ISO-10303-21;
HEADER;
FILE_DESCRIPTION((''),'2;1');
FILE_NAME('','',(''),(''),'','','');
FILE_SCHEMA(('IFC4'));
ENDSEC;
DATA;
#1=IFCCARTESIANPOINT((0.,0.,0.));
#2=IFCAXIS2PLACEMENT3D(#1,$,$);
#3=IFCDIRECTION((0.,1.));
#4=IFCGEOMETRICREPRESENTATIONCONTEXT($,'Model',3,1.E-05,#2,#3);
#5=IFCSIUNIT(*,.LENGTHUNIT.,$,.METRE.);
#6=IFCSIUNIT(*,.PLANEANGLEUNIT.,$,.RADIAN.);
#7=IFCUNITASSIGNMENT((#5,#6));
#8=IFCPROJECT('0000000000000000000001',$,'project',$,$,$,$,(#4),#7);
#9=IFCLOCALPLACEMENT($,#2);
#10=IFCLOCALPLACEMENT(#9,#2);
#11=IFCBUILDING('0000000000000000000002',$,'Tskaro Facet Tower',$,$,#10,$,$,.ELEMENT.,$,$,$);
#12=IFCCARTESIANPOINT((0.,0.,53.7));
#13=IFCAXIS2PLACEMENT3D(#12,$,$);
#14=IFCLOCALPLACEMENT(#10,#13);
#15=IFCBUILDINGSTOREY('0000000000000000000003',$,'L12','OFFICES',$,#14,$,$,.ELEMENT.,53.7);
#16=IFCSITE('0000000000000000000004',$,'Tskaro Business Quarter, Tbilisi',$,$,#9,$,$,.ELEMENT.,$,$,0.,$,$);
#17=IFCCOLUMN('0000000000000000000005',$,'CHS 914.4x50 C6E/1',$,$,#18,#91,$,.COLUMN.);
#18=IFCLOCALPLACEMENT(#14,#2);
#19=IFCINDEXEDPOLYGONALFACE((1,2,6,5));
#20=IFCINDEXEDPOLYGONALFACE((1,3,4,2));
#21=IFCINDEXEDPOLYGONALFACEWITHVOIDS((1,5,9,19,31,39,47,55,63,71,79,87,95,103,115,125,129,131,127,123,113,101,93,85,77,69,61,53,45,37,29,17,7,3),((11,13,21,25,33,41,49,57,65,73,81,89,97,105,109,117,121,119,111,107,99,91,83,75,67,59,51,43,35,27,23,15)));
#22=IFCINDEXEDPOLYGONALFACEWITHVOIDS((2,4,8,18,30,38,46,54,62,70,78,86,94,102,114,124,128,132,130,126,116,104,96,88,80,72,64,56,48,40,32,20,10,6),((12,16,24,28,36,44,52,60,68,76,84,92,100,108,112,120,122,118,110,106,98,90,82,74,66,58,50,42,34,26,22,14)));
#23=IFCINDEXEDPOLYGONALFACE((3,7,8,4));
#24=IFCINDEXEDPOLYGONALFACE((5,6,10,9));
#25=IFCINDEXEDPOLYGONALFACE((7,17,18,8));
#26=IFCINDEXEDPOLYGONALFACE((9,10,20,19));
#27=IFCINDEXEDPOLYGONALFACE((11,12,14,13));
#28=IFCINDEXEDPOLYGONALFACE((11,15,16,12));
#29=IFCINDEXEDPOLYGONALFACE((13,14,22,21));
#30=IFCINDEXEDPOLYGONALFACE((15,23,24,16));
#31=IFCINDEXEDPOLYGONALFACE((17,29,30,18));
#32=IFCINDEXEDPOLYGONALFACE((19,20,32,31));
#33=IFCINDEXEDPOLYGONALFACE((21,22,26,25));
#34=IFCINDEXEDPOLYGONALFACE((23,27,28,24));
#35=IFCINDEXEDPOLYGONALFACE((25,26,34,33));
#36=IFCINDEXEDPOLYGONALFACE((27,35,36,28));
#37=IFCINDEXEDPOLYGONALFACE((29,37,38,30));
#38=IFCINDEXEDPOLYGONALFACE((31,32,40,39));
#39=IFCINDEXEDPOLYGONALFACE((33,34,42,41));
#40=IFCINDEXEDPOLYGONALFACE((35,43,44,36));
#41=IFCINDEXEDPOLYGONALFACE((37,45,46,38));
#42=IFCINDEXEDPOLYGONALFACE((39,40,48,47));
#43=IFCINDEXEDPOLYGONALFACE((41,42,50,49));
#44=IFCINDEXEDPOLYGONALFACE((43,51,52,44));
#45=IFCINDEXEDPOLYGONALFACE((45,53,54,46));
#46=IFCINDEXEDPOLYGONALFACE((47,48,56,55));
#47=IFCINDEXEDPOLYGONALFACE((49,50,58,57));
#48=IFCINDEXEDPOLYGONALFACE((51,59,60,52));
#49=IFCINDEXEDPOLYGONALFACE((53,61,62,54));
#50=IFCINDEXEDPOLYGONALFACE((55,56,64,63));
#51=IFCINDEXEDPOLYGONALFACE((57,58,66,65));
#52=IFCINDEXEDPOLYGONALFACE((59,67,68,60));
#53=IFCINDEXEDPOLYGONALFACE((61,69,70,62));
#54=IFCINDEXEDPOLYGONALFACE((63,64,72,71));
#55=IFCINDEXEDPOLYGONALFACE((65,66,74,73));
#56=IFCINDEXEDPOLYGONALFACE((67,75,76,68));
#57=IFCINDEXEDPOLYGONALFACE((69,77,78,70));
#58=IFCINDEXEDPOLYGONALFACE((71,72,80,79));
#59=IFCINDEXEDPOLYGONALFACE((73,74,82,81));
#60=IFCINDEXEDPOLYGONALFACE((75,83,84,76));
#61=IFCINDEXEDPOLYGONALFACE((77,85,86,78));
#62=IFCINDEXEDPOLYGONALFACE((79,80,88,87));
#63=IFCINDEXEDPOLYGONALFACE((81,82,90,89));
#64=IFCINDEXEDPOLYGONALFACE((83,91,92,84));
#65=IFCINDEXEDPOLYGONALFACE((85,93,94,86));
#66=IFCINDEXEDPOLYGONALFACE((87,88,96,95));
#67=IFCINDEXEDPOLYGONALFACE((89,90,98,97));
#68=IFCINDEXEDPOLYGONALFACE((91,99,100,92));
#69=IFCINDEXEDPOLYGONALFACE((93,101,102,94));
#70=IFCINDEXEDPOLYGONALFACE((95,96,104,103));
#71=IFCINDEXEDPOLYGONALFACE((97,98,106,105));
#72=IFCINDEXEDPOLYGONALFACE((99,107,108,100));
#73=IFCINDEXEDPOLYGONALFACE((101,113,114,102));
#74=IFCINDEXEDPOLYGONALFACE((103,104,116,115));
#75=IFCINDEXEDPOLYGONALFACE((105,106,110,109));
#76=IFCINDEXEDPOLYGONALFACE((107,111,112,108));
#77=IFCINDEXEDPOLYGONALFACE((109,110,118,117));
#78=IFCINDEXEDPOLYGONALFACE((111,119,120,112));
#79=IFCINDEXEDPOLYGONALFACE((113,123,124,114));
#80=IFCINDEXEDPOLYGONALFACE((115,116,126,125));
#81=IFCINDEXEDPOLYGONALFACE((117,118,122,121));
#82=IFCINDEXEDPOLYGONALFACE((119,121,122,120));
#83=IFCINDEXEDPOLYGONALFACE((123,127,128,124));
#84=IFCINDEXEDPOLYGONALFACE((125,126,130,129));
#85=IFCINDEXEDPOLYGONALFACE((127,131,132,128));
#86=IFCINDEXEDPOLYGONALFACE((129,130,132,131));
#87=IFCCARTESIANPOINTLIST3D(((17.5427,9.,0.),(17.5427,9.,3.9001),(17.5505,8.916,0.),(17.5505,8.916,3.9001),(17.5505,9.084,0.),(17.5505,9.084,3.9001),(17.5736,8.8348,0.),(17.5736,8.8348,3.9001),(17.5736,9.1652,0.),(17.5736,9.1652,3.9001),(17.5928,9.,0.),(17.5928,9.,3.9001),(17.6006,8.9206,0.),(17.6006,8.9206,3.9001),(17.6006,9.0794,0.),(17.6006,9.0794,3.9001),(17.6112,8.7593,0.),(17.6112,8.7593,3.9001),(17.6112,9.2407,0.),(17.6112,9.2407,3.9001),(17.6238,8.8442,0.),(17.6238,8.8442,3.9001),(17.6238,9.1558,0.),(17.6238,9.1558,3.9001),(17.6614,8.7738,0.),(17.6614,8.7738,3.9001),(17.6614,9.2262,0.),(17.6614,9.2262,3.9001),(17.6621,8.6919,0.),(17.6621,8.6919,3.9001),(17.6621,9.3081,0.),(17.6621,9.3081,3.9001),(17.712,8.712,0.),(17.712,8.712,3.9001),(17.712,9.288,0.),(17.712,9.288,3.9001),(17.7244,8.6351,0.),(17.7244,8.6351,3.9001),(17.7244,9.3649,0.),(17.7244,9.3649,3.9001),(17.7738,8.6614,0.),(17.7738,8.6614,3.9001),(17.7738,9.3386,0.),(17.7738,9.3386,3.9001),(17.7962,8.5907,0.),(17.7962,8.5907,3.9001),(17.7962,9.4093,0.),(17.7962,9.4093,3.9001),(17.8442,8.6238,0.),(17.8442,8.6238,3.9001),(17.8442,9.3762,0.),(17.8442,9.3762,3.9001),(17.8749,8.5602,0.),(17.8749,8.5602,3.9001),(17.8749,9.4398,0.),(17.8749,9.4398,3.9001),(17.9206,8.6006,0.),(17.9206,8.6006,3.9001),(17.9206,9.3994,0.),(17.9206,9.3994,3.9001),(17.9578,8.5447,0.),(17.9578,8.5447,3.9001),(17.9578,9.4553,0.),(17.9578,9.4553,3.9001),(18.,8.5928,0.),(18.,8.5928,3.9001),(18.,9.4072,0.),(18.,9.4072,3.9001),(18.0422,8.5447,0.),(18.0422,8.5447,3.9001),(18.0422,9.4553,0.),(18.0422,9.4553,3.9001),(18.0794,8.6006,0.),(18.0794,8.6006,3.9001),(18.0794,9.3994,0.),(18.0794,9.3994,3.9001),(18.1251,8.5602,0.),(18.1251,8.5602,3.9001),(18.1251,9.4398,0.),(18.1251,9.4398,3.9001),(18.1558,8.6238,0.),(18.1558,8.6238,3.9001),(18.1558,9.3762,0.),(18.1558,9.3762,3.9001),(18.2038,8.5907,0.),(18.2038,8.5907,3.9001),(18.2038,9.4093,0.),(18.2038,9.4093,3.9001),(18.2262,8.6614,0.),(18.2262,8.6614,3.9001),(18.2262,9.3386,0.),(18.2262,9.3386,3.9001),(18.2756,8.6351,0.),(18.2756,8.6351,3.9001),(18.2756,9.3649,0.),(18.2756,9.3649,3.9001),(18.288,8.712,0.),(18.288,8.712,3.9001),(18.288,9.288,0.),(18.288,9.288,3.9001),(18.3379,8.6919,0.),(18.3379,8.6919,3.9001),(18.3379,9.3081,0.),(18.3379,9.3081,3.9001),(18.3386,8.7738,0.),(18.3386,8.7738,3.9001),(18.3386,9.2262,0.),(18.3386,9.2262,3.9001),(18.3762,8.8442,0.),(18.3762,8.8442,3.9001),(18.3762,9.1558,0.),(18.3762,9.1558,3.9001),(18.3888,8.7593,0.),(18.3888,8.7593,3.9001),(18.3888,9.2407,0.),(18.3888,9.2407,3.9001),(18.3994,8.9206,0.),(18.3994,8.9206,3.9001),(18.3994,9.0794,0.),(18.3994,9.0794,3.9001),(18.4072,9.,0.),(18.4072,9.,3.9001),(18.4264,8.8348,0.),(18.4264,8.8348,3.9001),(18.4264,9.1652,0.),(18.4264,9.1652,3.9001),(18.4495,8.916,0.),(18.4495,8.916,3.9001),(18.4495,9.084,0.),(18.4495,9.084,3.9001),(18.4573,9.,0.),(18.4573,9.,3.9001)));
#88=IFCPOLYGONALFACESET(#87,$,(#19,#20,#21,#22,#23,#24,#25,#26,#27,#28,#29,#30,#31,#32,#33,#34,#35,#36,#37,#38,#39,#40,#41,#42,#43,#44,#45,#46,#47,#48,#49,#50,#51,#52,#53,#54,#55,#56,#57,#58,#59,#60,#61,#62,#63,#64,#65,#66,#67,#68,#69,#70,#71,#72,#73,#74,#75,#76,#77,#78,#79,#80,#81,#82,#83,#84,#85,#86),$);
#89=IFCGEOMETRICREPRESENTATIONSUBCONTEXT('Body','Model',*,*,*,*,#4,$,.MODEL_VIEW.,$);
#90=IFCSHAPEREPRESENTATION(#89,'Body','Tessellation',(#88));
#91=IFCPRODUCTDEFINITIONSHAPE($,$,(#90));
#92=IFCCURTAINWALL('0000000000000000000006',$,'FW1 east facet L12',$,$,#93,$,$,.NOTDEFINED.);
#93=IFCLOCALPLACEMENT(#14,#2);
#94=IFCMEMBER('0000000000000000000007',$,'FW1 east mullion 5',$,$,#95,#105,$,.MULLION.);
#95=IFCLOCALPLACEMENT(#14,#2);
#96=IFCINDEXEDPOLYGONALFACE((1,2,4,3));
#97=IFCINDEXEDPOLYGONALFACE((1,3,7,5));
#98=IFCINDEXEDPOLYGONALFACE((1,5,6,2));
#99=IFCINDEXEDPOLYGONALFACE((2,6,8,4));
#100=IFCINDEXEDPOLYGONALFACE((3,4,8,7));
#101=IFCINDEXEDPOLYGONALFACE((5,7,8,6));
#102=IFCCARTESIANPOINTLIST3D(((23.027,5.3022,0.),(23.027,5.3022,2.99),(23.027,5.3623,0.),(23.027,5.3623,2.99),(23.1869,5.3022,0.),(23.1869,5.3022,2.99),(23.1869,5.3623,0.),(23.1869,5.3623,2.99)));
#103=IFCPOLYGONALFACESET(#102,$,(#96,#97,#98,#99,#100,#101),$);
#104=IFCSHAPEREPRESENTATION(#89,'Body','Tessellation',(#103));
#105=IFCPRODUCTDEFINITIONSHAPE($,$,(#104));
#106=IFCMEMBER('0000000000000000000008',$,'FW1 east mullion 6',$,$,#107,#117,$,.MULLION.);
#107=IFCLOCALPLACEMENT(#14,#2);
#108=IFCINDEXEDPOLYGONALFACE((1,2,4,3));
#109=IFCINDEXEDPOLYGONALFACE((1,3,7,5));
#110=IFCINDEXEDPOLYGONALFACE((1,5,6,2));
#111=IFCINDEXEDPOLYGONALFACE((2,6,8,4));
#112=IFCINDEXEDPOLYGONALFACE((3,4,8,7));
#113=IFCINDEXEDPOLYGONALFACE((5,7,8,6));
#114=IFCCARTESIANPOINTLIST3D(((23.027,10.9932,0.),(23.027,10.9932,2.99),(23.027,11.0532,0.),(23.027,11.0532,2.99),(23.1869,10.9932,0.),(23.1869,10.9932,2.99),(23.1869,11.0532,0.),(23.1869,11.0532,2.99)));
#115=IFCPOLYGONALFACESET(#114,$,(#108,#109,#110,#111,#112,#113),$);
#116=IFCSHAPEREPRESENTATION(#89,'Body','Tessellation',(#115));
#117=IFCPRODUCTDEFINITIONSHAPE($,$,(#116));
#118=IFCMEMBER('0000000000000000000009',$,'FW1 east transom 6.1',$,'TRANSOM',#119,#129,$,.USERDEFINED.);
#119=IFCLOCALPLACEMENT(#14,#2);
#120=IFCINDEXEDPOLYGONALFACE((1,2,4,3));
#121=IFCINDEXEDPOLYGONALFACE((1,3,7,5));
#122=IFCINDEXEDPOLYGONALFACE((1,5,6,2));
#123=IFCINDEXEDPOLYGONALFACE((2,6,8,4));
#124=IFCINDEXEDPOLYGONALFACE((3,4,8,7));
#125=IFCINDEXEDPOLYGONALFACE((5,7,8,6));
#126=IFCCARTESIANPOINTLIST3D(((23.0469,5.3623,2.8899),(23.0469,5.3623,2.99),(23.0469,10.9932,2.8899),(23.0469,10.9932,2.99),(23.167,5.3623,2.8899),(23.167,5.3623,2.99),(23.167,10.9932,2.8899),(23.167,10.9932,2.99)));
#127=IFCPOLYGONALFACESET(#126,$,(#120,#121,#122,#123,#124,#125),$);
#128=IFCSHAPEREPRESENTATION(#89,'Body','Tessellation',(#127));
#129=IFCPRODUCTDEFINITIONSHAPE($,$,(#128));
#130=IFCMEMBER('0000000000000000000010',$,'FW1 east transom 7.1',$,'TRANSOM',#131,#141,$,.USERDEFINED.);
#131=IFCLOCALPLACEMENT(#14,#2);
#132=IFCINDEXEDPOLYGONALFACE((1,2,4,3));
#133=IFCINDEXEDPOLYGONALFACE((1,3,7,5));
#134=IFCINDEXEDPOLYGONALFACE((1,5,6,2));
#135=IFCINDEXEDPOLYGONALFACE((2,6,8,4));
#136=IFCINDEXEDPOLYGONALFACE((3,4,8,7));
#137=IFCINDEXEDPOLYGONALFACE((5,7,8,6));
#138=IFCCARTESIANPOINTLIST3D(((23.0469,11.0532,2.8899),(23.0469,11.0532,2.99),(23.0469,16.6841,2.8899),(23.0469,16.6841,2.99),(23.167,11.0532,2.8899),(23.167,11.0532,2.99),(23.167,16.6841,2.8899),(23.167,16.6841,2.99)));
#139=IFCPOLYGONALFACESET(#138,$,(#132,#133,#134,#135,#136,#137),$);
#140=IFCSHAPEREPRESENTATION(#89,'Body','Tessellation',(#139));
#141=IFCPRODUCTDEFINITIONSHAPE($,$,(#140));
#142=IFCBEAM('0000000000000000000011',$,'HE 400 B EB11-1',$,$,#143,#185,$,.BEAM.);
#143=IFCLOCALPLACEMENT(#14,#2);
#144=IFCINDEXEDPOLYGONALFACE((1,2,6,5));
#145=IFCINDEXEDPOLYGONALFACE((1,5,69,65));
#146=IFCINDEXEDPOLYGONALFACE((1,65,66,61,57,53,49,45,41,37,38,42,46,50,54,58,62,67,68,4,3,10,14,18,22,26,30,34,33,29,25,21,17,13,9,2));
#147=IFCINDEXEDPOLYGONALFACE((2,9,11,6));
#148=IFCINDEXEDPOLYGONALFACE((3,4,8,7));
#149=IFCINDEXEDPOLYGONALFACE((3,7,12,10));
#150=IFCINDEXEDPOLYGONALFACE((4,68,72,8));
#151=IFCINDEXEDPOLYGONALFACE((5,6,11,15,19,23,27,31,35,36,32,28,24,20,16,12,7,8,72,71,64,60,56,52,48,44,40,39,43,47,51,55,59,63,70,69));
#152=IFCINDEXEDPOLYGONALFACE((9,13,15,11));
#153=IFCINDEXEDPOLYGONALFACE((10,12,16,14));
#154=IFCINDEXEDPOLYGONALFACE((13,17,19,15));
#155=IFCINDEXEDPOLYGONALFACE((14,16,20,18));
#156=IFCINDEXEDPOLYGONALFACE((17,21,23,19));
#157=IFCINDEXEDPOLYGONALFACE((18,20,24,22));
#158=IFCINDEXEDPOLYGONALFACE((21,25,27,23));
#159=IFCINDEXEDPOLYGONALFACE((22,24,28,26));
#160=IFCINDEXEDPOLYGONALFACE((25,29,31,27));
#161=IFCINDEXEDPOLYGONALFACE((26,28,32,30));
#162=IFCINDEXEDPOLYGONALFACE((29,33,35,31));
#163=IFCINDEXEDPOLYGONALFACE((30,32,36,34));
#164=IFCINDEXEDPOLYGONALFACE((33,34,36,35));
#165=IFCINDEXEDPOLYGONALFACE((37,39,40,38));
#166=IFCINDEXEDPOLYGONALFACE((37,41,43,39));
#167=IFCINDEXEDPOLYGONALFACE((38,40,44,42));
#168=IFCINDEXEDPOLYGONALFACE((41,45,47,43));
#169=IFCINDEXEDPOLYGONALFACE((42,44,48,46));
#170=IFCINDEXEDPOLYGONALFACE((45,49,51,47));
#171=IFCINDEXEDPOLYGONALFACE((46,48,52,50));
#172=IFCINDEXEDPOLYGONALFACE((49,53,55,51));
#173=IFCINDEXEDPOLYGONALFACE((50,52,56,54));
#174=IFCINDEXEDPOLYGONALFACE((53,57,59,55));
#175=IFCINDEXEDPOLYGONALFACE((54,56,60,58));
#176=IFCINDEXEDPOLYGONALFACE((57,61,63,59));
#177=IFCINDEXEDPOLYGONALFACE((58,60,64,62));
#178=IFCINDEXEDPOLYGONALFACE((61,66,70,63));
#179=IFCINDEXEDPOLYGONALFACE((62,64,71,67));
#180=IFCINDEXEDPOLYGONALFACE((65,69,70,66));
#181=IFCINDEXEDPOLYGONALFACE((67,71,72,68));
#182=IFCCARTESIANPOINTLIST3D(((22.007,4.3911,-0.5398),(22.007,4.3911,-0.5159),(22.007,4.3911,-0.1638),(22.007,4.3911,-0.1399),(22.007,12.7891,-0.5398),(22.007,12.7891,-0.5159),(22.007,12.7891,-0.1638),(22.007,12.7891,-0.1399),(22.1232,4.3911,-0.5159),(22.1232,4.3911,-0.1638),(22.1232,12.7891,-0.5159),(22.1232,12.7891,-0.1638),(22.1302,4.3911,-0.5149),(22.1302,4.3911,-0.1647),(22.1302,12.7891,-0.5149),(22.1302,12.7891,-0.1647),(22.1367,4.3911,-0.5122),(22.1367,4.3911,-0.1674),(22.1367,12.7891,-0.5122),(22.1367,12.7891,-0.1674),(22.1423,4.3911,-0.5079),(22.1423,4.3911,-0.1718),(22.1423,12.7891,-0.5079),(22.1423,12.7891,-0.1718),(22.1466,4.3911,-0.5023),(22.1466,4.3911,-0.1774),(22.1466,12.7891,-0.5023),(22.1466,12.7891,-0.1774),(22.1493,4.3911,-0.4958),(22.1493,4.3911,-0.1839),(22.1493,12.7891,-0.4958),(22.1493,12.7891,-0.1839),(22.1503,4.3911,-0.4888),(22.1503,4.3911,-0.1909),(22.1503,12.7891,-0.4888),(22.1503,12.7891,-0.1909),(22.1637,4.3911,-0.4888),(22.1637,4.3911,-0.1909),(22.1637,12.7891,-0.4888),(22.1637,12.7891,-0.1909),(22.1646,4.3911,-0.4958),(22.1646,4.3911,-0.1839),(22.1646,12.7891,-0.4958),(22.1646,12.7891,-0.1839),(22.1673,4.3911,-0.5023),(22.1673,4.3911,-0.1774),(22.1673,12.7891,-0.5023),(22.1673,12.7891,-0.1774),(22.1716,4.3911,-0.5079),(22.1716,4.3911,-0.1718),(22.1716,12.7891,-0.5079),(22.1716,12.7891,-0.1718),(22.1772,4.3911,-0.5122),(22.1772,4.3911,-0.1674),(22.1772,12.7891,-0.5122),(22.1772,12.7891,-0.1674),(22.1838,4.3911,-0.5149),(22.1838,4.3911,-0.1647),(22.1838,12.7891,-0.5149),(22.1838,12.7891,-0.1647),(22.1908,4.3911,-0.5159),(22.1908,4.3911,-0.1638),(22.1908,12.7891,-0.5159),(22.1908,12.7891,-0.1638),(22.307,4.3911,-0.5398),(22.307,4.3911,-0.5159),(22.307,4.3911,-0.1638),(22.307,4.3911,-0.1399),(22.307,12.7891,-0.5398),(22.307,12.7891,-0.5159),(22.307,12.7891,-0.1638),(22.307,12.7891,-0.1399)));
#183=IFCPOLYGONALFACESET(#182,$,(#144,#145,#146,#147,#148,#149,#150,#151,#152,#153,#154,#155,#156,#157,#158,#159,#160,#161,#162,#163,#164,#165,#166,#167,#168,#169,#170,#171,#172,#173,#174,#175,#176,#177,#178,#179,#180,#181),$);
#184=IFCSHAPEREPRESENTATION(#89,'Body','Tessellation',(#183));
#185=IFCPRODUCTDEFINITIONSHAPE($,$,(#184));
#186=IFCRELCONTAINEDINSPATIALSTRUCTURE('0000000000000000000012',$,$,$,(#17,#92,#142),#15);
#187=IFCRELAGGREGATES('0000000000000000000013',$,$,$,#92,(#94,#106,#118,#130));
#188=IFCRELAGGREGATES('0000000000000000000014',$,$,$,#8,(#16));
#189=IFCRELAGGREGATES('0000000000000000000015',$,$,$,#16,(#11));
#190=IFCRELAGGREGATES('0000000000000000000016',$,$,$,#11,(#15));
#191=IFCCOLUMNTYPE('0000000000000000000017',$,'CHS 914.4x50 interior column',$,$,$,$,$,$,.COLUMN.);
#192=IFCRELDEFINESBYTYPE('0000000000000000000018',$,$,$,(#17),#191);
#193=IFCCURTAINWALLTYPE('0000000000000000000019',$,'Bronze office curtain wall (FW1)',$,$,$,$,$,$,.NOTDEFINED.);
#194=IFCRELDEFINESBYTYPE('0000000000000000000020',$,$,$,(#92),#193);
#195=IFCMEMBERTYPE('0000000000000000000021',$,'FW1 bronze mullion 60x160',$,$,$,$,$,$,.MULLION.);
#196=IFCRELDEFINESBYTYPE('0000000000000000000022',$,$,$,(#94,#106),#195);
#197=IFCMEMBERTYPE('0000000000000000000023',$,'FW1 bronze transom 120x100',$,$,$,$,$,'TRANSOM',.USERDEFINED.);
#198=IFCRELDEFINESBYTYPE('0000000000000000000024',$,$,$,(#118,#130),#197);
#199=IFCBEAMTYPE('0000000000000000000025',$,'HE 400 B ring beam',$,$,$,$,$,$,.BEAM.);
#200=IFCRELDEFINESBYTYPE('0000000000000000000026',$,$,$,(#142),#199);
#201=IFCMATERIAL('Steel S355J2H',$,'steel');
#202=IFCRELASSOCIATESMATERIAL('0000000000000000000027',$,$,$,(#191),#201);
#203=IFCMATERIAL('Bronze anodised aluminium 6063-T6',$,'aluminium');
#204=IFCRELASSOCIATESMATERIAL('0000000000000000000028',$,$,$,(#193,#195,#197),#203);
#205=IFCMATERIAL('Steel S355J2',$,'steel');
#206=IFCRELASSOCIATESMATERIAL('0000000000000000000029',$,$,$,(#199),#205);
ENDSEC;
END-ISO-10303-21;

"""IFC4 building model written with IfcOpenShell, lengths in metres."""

from ifc_helpers import new_model, si_unit, direction, frame, origin, origin_2d, place, context, subcontext, project, spatial, rectangle, hollow_circle, i_section, extrude, material, material_profile, profile_set, type_object, element, aggregate, save


model = new_model("IFC4")

# Units and contexts
model_context = context("Model", 3, precision=1e-05, world=origin(), true_north=direction((0.0, 1.0)))
body_context = subcontext(model_context, "Body", "Model", "MODEL_VIEW")
ifc_project = project(units=[si_unit("LENGTHUNIT", "METRE"), si_unit("PLANEANGLEUNIT", "RADIAN")], contexts=[model_context])

# Site, building, storey
site_placement = place(None, origin())
site = spatial("IfcSite", under=ifc_project, at=site_placement, Name="Tskaro Business Quarter, Tbilisi", CompositionType="ELEMENT", RefElevation=0.0)
building_placement = place(site_placement, origin())
building = spatial("IfcBuilding", under=site, at=building_placement, Name="Tskaro Facet Tower", CompositionType="ELEMENT")
storey_placement = place(building_placement, frame((0.0, 0.0, 53.7)))
storey = spatial("IfcBuildingStorey", under=building, at=storey_placement, Name="L12", Description="OFFICES", CompositionType="ELEMENT", Elevation=53.7)

# Column
ifc_material_1 = material(Name="Steel S355J2H", Category="steel")
ifc_material_profile_1 = material_profile(ifc_material_1, hollow_circle(Radius=0.4573, WallThickness=0.05, at=origin_2d()), Name="CHS 914.4x50")
ifc_profile_set_1 = profile_set([ifc_material_profile_1], Name="Steel S355J2H")
column_type_1 = type_object("IfcColumnType", Name="CHS 914.4x50 interior column", PredefinedType="COLUMN", material=ifc_profile_set_1)
for number, where, z_axis, x_axis, name in (
    (1, (18.0, 9.0, 0.0), (0.0, 0.0, 1.0), (1.0, 0.0, 0.0), "CHS 914.4x50 C6E/1"),
):
    element("IfcColumn", number, at=place(storey_placement, frame(where, z_axis=z_axis, x_axis=x_axis)), inside=storey, type_object=column_type_1, Name=name, PredefinedType="COLUMN", context=body_context, shape_type="SweptSolid", body=[
        extrude(hollow_circle(Radius=0.4573, WallThickness=0.05, at=origin_2d()), origin(), (0.0, 0.0, 1.0), 3.9001),
    ])

# Curtain wall, members
ifc_material_2 = material(Name="Bronze anodised aluminium 6063-T6", Category="aluminium")
curtain_wall_type = type_object("IfcCurtainWallType", Name="Bronze office curtain wall (FW1)", PredefinedType="NOTDEFINED", material=ifc_material_2)
curtain_wall_placement = place(storey_placement, origin())
curtain_wall = element("IfcCurtainWall", 2, at=curtain_wall_placement, inside=storey, type_object=curtain_wall_type, Name="FW1 east facet L12", PredefinedType="NOTDEFINED")
ifc_material_profile_2 = material_profile(ifc_material_2, rectangle(XDim=0.0601, YDim=0.1599, at=origin_2d()), Name="Mullion 60x160")
ifc_profile_set_2 = profile_set([ifc_material_profile_2], Name="Bronze anodised aluminium 6063-T6")
member_type_1 = type_object("IfcMemberType", Name="FW1 bronze mullion 60x160", PredefinedType="MULLION", material=ifc_profile_set_2)
member_1_placement = place(storey_placement, frame((23.1069, 5.3323, 0.0), z_axis=(0.0, 0.0, 1.0), x_axis=(0.0, 1.0, 0.0)))
member_1 = element("IfcMember", 3, at=member_1_placement, type_object=member_type_1, Name="FW1 east mullion 5", PredefinedType="MULLION", context=body_context, shape_type="SweptSolid", body=[
    extrude(rectangle(XDim=0.0601, YDim=0.1599, at=origin_2d()), origin(), (0.0, 0.0, 1.0), 2.99),
])
member_2_placement = place(storey_placement, frame((23.1069, 11.0232, 0.0), z_axis=(0.0, 0.0, 1.0), x_axis=(0.0, 1.0, 0.0)))
member_2 = element("IfcMember", 4, at=member_2_placement, type_object=member_type_1, Name="FW1 east mullion 6", PredefinedType="MULLION", context=body_context, shape_type="SweptSolid", body=[
    extrude(rectangle(XDim=0.0601, YDim=0.1599, at=origin_2d()), origin(), (0.0, 0.0, 1.0), 2.99),
])
ifc_material_profile_3 = material_profile(ifc_material_2, rectangle(XDim=0.1201, YDim=0.1001, at=origin_2d()), Name="Transom 120x100")
ifc_profile_set_3 = profile_set([ifc_material_profile_3], Name="Bronze anodised aluminium 6063-T6")
member_type_2 = type_object("IfcMemberType", Name="FW1 bronze transom 120x100", ElementType="TRANSOM", PredefinedType="USERDEFINED", material=ifc_profile_set_3)
member_3_placement = place(storey_placement, frame((23.1069, 5.3623, 2.9399), z_axis=(0.0, 1.0, 0.0), x_axis=(-1.0, 0.0, 0.0)))
member_3 = element("IfcMember", 5, at=member_3_placement, type_object=member_type_2, Name="FW1 east transom 6.1", ObjectType="TRANSOM", PredefinedType="USERDEFINED", context=body_context, shape_type="SweptSolid", body=[
    extrude(rectangle(XDim=0.1201, YDim=0.1001, at=origin_2d()), origin(), (0.0, 0.0, 1.0), 5.6309),
])
member_4_placement = place(storey_placement, frame((23.1069, 11.0532, 2.9399), z_axis=(0.0, 1.0, 0.0), x_axis=(-1.0, 0.0, 0.0)))
member_4 = element("IfcMember", 6, at=member_4_placement, type_object=member_type_2, Name="FW1 east transom 7.1", ObjectType="TRANSOM", PredefinedType="USERDEFINED", context=body_context, shape_type="SweptSolid", body=[
    extrude(rectangle(XDim=0.1201, YDim=0.1001, at=origin_2d()), origin(), (0.0, 0.0, 1.0), 5.6309),
])

# Beam
ifc_material_3 = material(Name="Steel S355J2", Category="steel")
ifc_material_profile_4 = material_profile(ifc_material_3, i_section(OverallWidth=0.3, OverallDepth=0.3999, WebThickness=0.0134, FlangeThickness=0.0239, FilletRadius=0.0271, at=origin_2d()), Name="HE 400 B")
ifc_profile_set_4 = profile_set([ifc_material_profile_4], Name="Steel S355J2")
beam_type_1 = type_object("IfcBeamType", Name="HE 400 B ring beam", PredefinedType="BEAM", material=ifc_profile_set_4)
beam_1_placement = place(storey_placement, frame((22.157, 4.3911, -0.3398), z_axis=(0.0, 1.0, 0.0), x_axis=(-1.0, 0.0, 0.0)))
element("IfcBeam", 7, at=beam_1_placement, inside=storey, type_object=beam_type_1, Name="HE 400 B EB11-1", PredefinedType="BEAM", context=body_context, shape_type="SweptSolid", body=[
    extrude(i_section(OverallWidth=0.3, OverallDepth=0.3999, WebThickness=0.0134, FlangeThickness=0.0239, FilletRadius=0.0271, at=origin_2d()), origin(), (0.0, 0.0, 1.0), 8.3979),
])

aggregate(curtain_wall, [member_1, member_2, member_3, member_4])

save(model, "model.ifc")
